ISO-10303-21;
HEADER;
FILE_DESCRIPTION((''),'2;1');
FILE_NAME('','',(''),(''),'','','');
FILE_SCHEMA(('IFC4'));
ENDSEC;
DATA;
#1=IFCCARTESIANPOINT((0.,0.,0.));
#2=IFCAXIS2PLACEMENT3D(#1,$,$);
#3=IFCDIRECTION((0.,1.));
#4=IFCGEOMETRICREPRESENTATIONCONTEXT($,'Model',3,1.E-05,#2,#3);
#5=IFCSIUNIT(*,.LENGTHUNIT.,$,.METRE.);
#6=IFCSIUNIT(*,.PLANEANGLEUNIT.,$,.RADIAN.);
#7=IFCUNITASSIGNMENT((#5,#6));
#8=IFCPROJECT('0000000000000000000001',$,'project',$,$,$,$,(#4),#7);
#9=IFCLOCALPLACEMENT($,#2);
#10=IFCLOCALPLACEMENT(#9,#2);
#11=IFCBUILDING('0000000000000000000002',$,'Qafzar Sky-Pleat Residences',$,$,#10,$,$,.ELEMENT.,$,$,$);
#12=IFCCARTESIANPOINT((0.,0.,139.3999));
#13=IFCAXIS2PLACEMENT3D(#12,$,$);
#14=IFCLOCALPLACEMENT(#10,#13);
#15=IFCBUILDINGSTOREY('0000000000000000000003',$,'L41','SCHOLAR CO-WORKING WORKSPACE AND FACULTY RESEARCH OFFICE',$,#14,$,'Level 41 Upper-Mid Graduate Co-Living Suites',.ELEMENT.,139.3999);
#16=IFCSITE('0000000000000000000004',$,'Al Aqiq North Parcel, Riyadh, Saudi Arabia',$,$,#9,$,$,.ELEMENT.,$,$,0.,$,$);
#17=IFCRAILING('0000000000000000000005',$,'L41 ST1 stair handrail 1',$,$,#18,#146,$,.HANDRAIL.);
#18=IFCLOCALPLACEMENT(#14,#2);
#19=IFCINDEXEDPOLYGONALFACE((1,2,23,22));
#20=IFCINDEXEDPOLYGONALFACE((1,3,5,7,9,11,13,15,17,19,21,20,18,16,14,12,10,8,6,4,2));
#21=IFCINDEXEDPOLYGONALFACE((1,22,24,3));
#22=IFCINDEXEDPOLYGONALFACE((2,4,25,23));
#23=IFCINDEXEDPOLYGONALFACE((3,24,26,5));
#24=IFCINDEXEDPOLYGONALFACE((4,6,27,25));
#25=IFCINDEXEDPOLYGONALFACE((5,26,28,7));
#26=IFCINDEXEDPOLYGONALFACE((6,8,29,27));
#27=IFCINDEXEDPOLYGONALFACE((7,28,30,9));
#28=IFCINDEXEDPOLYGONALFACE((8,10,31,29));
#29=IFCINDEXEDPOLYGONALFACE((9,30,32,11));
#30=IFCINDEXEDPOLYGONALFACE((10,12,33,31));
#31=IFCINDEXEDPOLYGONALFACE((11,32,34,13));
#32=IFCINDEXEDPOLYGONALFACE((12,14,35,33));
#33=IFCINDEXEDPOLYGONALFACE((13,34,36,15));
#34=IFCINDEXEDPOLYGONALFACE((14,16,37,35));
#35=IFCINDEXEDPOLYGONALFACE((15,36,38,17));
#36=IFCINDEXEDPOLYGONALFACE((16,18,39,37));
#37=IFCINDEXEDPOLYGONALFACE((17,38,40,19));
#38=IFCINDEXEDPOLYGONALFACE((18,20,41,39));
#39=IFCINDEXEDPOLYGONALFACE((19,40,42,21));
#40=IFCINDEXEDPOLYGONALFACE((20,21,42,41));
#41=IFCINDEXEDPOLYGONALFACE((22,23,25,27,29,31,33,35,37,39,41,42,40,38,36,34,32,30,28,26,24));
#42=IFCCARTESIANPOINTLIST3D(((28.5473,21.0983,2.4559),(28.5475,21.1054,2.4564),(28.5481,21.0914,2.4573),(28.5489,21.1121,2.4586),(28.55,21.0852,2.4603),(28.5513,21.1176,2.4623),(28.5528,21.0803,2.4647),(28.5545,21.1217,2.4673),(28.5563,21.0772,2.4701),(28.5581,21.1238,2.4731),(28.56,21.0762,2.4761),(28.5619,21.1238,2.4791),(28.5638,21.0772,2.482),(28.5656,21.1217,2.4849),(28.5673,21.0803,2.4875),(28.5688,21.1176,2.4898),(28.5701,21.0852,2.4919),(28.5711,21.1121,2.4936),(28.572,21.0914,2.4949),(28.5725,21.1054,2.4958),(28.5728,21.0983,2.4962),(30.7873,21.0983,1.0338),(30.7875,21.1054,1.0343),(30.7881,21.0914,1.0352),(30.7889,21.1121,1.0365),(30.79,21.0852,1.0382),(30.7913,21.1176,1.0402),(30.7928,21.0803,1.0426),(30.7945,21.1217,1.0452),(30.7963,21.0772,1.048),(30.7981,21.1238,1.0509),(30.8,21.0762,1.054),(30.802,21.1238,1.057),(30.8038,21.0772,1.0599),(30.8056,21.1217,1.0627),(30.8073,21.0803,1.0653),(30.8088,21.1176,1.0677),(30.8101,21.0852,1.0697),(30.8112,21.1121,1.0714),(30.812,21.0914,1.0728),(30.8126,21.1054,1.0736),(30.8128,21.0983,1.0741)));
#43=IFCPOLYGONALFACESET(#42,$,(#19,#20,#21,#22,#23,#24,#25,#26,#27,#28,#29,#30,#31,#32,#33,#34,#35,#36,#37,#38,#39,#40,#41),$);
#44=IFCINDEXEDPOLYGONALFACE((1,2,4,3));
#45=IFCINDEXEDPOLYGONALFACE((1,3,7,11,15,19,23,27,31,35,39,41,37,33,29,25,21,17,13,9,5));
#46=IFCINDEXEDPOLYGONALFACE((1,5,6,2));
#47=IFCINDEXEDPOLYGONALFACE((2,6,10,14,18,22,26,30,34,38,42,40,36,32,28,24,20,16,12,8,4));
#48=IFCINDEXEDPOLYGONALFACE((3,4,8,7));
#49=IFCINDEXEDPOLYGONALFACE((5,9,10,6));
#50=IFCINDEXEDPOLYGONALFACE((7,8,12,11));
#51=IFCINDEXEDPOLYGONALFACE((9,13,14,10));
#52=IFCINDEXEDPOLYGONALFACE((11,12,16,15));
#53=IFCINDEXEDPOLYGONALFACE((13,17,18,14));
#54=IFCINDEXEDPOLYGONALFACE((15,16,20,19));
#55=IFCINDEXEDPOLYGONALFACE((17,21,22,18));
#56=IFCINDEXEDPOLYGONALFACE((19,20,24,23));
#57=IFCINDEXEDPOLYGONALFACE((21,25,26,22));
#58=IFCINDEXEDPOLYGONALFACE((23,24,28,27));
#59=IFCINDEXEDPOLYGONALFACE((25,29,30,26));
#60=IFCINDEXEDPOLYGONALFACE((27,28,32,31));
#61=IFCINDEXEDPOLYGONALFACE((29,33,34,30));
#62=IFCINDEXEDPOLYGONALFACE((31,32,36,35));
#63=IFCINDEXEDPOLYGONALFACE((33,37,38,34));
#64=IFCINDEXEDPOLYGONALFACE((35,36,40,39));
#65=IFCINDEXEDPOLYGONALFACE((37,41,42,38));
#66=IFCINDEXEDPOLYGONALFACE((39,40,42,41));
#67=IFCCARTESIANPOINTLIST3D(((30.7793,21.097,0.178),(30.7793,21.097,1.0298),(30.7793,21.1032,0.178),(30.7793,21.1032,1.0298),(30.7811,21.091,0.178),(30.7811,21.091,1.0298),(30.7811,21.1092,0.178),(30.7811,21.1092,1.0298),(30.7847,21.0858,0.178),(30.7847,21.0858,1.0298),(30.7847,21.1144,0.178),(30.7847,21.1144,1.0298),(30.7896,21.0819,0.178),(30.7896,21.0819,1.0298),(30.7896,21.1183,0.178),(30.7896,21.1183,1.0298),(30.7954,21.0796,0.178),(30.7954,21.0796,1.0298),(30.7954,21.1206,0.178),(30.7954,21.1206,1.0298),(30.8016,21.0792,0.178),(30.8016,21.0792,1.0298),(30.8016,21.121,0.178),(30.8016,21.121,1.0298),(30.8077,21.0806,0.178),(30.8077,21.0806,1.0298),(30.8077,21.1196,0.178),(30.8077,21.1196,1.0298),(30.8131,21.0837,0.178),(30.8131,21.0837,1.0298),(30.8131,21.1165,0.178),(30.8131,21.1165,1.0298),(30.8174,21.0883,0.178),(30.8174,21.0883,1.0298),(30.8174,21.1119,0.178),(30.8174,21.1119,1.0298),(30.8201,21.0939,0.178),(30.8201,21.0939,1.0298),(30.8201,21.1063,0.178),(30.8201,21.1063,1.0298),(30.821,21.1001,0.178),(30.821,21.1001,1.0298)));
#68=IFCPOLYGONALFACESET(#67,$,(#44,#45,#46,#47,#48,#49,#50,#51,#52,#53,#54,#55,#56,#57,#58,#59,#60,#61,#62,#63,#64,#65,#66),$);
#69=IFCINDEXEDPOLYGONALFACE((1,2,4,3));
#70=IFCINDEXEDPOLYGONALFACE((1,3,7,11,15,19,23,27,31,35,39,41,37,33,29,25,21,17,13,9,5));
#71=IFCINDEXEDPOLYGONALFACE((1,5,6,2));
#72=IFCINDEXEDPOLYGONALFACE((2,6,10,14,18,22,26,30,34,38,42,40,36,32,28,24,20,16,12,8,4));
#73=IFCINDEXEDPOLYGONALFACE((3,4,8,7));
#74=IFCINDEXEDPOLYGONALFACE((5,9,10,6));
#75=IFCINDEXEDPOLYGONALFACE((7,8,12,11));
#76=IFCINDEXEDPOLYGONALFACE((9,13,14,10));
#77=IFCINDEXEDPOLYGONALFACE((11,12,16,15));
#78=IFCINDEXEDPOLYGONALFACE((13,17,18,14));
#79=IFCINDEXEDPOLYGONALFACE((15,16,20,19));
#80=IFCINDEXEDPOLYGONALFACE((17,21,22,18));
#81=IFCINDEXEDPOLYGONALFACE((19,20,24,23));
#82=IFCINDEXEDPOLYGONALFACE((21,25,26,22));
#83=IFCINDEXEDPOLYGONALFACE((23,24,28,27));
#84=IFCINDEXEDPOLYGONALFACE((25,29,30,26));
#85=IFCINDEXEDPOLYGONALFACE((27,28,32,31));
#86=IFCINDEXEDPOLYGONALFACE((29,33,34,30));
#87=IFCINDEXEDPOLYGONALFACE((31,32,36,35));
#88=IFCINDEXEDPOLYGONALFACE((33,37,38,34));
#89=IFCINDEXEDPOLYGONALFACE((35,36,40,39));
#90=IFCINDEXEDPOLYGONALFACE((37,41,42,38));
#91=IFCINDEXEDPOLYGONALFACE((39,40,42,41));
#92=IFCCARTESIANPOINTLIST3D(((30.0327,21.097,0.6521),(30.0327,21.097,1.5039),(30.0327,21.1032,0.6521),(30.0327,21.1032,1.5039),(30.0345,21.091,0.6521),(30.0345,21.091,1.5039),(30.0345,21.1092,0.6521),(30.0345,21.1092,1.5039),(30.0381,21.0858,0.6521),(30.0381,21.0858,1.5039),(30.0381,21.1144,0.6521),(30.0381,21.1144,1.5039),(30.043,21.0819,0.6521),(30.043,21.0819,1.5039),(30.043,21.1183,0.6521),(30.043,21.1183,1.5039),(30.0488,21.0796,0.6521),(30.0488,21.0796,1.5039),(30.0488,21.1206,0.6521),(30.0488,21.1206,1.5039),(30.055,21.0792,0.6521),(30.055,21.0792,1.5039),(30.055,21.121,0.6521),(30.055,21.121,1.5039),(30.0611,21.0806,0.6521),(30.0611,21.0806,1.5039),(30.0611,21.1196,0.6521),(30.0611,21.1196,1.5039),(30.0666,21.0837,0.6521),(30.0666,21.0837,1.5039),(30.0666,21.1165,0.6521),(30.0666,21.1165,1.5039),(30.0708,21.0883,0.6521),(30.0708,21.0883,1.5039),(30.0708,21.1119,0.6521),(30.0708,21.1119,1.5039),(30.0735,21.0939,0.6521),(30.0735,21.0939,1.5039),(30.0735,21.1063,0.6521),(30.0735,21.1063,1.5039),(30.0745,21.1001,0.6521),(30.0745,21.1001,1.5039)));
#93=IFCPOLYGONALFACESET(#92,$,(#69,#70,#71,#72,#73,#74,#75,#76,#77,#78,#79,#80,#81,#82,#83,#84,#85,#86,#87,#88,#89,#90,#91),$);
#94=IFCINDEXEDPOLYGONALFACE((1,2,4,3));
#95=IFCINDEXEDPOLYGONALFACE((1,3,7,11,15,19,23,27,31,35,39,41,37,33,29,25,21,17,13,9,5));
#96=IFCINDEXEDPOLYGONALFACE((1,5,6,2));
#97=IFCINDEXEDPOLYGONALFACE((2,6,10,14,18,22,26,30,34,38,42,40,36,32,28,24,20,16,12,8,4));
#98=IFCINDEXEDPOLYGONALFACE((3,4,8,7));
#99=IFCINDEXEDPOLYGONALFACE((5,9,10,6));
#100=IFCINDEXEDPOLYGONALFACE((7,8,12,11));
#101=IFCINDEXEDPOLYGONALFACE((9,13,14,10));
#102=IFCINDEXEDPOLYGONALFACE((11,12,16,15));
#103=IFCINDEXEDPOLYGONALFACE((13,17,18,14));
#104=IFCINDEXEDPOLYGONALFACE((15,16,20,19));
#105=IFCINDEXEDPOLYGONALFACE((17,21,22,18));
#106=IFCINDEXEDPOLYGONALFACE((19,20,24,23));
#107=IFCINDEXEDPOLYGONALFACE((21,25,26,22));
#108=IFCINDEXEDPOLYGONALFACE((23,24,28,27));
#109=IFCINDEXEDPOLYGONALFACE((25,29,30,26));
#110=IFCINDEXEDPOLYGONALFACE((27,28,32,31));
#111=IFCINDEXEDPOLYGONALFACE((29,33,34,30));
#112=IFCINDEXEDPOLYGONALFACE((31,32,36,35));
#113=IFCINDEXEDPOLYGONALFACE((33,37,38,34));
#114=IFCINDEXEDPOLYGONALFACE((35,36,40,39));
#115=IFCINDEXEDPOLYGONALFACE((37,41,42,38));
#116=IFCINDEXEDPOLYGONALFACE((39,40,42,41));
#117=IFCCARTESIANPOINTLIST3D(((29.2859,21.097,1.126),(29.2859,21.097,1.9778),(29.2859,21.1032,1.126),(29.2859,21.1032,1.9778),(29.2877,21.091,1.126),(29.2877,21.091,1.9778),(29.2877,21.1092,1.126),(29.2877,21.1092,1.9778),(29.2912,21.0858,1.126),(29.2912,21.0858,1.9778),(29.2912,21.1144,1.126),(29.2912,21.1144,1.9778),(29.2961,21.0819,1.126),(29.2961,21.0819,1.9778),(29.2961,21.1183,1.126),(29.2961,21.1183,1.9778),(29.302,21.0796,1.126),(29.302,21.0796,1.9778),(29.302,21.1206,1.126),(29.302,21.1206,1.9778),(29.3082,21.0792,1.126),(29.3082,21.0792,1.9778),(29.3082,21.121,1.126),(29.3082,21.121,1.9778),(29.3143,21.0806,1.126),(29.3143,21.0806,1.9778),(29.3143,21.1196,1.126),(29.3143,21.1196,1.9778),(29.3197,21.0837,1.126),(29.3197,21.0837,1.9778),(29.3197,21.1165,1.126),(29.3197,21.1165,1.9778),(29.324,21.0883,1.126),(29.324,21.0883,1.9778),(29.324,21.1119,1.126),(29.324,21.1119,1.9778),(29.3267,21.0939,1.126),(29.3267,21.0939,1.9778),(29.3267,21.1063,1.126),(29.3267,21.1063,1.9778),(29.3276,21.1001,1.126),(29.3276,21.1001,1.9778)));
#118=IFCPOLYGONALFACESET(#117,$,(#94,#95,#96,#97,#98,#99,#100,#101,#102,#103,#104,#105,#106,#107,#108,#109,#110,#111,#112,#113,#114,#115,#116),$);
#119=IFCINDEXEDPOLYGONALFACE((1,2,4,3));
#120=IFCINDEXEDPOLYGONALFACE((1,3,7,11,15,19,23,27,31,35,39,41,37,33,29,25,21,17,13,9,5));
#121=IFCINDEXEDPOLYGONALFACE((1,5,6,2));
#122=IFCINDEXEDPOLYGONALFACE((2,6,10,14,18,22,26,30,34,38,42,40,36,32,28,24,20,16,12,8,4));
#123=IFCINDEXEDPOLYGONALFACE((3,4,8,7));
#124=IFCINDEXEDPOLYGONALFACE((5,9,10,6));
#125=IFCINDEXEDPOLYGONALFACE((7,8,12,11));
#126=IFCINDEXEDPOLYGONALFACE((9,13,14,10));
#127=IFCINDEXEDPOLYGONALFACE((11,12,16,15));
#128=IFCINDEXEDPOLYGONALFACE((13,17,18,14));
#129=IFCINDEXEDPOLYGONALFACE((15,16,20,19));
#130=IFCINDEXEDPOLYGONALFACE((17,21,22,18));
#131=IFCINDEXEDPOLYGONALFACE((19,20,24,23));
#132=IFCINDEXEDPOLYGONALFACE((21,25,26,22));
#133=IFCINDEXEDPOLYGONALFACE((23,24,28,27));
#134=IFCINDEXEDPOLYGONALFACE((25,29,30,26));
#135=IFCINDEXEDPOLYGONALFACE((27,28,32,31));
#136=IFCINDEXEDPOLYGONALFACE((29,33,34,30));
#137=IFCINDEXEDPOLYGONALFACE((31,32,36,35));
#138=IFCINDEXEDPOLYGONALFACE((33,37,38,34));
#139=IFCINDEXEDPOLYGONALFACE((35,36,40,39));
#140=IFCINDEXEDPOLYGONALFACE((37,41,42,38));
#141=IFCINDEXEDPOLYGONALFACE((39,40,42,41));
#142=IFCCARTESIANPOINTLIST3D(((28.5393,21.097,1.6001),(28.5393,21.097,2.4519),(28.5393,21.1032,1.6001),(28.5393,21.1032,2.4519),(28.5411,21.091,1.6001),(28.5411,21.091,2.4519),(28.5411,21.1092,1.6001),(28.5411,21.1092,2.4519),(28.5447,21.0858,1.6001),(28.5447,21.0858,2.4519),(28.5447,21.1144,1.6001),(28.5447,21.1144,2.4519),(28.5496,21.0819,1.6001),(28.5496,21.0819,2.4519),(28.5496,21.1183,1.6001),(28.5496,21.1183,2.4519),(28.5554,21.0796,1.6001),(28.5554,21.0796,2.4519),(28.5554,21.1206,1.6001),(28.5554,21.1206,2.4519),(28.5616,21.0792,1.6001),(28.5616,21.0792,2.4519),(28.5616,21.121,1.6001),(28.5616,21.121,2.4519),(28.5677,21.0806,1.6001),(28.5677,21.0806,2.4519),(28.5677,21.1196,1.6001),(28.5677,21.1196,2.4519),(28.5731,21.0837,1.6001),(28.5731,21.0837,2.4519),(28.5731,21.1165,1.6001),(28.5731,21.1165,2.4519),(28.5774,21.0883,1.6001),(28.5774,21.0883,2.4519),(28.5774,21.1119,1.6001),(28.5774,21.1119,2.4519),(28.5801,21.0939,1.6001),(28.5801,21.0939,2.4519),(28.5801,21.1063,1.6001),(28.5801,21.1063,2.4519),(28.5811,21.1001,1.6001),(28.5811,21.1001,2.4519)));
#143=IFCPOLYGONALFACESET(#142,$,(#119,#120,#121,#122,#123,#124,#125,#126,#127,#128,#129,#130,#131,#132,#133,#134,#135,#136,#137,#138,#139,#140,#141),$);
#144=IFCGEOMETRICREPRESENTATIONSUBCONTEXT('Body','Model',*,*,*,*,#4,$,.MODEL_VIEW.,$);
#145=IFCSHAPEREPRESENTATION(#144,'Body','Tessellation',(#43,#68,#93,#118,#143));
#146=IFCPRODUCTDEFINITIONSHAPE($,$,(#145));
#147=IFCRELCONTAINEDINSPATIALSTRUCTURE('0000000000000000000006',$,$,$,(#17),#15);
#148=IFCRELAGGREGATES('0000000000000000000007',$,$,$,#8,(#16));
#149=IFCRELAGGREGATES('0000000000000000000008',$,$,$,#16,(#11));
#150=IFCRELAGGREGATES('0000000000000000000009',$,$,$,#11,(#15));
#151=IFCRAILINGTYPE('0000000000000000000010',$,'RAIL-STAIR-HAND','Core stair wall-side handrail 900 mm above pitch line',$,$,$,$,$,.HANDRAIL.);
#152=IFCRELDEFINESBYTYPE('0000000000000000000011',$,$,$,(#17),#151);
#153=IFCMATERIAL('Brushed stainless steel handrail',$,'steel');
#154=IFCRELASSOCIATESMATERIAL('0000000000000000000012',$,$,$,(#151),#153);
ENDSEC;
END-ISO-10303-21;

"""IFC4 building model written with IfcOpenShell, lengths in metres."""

from ifc_helpers import new_model, si_unit, direction, frame, origin, origin_2d, place, context, subcontext, project, spatial, circle, extrude, source, transform, mapped, material, type_object, element, save


model = new_model("IFC4")

# Units and contexts
model_context = context("Model", 3, precision=1e-05, world=origin(), true_north=direction((0.0, 1.0)))
body_context = subcontext(model_context, "Body", "Model", "MODEL_VIEW")
ifc_project = project(units=[si_unit("LENGTHUNIT", "METRE"), si_unit("PLANEANGLEUNIT", "RADIAN")], contexts=[model_context])

# Site, building, storey
site_placement = place(None, origin())
site = spatial("IfcSite", under=ifc_project, at=site_placement, Name="Al Aqiq North Parcel, Riyadh, Saudi Arabia", CompositionType="ELEMENT", RefElevation=0.0)
building_placement = place(site_placement, origin())
building = spatial("IfcBuilding", under=site, at=building_placement, Name="Qafzar Sky-Pleat Residences", CompositionType="ELEMENT")
storey_placement = place(building_placement, frame((0.0, 0.0, 139.3999)))
storey = spatial("IfcBuildingStorey", under=building, at=storey_placement, Name="L41", Description="SCHOLAR CO-WORKING WORKSPACE AND FACULTY RESEARCH OFFICE", LongName="Level 41 Upper-Mid Graduate Co-Living Suites", CompositionType="ELEMENT", Elevation=139.3999)

# Railing
ifc_material_1 = material(Name="Brushed stainless steel handrail", Category="steel")
railing_type_1 = type_object("IfcRailingType", Name="RAIL-STAIR-HAND", Description="Core stair wall-side handrail 900 mm above pitch line", PredefinedType="HANDRAIL", material=ifc_material_1)
shared_shape_1 = source(origin(), body_context, "Body", "SweptSolid", [
    extrude(circle(Radius=0.0239, at=origin_2d()), frame((0.0, 0.0, 0.876), z_axis=(-0.844229, 0.0, 0.535982), x_axis=(0.0, -1.0, 0.0)), (0.0, 0.0, 1.0), 2.6533),
    extrude(circle(Radius=0.021, at=origin_2d()), origin(), (0.0, 0.0, 1.0), 0.8518),
    extrude(circle(Radius=0.021, at=origin_2d()), frame((-0.7466, 0.0, 0.4741)), (0.0, 0.0, 1.0), 0.8518),
    extrude(circle(Radius=0.021, at=origin_2d()), frame((-1.4934, 0.0, 0.948)), (0.0, 0.0, 1.0), 0.8518),
    extrude(circle(Radius=0.021, at=origin_2d()), frame((-2.24, 0.0, 1.4221)), (0.0, 0.0, 1.0), 0.8518),
])
railing_1_placement = place(storey_placement, frame((30.8, 21.1001, 0.178)))
element("IfcRailing", 1, at=railing_1_placement, inside=storey, type_object=railing_type_1, Name="L41 ST1 stair handrail 1", PredefinedType="HANDRAIL", context=body_context, shape_type="MappedRepresentation", body=[
    mapped(shared_shape_1, transform((0.0, 0.0, 0.0), x_axis=(1.0, 0.0, 0.0), y_axis=(0.0, 1.0, 0.0), z_axis=(0.0, 0.0, 1.0), scale=1.0)),
])

save(model, "model.ifc")
